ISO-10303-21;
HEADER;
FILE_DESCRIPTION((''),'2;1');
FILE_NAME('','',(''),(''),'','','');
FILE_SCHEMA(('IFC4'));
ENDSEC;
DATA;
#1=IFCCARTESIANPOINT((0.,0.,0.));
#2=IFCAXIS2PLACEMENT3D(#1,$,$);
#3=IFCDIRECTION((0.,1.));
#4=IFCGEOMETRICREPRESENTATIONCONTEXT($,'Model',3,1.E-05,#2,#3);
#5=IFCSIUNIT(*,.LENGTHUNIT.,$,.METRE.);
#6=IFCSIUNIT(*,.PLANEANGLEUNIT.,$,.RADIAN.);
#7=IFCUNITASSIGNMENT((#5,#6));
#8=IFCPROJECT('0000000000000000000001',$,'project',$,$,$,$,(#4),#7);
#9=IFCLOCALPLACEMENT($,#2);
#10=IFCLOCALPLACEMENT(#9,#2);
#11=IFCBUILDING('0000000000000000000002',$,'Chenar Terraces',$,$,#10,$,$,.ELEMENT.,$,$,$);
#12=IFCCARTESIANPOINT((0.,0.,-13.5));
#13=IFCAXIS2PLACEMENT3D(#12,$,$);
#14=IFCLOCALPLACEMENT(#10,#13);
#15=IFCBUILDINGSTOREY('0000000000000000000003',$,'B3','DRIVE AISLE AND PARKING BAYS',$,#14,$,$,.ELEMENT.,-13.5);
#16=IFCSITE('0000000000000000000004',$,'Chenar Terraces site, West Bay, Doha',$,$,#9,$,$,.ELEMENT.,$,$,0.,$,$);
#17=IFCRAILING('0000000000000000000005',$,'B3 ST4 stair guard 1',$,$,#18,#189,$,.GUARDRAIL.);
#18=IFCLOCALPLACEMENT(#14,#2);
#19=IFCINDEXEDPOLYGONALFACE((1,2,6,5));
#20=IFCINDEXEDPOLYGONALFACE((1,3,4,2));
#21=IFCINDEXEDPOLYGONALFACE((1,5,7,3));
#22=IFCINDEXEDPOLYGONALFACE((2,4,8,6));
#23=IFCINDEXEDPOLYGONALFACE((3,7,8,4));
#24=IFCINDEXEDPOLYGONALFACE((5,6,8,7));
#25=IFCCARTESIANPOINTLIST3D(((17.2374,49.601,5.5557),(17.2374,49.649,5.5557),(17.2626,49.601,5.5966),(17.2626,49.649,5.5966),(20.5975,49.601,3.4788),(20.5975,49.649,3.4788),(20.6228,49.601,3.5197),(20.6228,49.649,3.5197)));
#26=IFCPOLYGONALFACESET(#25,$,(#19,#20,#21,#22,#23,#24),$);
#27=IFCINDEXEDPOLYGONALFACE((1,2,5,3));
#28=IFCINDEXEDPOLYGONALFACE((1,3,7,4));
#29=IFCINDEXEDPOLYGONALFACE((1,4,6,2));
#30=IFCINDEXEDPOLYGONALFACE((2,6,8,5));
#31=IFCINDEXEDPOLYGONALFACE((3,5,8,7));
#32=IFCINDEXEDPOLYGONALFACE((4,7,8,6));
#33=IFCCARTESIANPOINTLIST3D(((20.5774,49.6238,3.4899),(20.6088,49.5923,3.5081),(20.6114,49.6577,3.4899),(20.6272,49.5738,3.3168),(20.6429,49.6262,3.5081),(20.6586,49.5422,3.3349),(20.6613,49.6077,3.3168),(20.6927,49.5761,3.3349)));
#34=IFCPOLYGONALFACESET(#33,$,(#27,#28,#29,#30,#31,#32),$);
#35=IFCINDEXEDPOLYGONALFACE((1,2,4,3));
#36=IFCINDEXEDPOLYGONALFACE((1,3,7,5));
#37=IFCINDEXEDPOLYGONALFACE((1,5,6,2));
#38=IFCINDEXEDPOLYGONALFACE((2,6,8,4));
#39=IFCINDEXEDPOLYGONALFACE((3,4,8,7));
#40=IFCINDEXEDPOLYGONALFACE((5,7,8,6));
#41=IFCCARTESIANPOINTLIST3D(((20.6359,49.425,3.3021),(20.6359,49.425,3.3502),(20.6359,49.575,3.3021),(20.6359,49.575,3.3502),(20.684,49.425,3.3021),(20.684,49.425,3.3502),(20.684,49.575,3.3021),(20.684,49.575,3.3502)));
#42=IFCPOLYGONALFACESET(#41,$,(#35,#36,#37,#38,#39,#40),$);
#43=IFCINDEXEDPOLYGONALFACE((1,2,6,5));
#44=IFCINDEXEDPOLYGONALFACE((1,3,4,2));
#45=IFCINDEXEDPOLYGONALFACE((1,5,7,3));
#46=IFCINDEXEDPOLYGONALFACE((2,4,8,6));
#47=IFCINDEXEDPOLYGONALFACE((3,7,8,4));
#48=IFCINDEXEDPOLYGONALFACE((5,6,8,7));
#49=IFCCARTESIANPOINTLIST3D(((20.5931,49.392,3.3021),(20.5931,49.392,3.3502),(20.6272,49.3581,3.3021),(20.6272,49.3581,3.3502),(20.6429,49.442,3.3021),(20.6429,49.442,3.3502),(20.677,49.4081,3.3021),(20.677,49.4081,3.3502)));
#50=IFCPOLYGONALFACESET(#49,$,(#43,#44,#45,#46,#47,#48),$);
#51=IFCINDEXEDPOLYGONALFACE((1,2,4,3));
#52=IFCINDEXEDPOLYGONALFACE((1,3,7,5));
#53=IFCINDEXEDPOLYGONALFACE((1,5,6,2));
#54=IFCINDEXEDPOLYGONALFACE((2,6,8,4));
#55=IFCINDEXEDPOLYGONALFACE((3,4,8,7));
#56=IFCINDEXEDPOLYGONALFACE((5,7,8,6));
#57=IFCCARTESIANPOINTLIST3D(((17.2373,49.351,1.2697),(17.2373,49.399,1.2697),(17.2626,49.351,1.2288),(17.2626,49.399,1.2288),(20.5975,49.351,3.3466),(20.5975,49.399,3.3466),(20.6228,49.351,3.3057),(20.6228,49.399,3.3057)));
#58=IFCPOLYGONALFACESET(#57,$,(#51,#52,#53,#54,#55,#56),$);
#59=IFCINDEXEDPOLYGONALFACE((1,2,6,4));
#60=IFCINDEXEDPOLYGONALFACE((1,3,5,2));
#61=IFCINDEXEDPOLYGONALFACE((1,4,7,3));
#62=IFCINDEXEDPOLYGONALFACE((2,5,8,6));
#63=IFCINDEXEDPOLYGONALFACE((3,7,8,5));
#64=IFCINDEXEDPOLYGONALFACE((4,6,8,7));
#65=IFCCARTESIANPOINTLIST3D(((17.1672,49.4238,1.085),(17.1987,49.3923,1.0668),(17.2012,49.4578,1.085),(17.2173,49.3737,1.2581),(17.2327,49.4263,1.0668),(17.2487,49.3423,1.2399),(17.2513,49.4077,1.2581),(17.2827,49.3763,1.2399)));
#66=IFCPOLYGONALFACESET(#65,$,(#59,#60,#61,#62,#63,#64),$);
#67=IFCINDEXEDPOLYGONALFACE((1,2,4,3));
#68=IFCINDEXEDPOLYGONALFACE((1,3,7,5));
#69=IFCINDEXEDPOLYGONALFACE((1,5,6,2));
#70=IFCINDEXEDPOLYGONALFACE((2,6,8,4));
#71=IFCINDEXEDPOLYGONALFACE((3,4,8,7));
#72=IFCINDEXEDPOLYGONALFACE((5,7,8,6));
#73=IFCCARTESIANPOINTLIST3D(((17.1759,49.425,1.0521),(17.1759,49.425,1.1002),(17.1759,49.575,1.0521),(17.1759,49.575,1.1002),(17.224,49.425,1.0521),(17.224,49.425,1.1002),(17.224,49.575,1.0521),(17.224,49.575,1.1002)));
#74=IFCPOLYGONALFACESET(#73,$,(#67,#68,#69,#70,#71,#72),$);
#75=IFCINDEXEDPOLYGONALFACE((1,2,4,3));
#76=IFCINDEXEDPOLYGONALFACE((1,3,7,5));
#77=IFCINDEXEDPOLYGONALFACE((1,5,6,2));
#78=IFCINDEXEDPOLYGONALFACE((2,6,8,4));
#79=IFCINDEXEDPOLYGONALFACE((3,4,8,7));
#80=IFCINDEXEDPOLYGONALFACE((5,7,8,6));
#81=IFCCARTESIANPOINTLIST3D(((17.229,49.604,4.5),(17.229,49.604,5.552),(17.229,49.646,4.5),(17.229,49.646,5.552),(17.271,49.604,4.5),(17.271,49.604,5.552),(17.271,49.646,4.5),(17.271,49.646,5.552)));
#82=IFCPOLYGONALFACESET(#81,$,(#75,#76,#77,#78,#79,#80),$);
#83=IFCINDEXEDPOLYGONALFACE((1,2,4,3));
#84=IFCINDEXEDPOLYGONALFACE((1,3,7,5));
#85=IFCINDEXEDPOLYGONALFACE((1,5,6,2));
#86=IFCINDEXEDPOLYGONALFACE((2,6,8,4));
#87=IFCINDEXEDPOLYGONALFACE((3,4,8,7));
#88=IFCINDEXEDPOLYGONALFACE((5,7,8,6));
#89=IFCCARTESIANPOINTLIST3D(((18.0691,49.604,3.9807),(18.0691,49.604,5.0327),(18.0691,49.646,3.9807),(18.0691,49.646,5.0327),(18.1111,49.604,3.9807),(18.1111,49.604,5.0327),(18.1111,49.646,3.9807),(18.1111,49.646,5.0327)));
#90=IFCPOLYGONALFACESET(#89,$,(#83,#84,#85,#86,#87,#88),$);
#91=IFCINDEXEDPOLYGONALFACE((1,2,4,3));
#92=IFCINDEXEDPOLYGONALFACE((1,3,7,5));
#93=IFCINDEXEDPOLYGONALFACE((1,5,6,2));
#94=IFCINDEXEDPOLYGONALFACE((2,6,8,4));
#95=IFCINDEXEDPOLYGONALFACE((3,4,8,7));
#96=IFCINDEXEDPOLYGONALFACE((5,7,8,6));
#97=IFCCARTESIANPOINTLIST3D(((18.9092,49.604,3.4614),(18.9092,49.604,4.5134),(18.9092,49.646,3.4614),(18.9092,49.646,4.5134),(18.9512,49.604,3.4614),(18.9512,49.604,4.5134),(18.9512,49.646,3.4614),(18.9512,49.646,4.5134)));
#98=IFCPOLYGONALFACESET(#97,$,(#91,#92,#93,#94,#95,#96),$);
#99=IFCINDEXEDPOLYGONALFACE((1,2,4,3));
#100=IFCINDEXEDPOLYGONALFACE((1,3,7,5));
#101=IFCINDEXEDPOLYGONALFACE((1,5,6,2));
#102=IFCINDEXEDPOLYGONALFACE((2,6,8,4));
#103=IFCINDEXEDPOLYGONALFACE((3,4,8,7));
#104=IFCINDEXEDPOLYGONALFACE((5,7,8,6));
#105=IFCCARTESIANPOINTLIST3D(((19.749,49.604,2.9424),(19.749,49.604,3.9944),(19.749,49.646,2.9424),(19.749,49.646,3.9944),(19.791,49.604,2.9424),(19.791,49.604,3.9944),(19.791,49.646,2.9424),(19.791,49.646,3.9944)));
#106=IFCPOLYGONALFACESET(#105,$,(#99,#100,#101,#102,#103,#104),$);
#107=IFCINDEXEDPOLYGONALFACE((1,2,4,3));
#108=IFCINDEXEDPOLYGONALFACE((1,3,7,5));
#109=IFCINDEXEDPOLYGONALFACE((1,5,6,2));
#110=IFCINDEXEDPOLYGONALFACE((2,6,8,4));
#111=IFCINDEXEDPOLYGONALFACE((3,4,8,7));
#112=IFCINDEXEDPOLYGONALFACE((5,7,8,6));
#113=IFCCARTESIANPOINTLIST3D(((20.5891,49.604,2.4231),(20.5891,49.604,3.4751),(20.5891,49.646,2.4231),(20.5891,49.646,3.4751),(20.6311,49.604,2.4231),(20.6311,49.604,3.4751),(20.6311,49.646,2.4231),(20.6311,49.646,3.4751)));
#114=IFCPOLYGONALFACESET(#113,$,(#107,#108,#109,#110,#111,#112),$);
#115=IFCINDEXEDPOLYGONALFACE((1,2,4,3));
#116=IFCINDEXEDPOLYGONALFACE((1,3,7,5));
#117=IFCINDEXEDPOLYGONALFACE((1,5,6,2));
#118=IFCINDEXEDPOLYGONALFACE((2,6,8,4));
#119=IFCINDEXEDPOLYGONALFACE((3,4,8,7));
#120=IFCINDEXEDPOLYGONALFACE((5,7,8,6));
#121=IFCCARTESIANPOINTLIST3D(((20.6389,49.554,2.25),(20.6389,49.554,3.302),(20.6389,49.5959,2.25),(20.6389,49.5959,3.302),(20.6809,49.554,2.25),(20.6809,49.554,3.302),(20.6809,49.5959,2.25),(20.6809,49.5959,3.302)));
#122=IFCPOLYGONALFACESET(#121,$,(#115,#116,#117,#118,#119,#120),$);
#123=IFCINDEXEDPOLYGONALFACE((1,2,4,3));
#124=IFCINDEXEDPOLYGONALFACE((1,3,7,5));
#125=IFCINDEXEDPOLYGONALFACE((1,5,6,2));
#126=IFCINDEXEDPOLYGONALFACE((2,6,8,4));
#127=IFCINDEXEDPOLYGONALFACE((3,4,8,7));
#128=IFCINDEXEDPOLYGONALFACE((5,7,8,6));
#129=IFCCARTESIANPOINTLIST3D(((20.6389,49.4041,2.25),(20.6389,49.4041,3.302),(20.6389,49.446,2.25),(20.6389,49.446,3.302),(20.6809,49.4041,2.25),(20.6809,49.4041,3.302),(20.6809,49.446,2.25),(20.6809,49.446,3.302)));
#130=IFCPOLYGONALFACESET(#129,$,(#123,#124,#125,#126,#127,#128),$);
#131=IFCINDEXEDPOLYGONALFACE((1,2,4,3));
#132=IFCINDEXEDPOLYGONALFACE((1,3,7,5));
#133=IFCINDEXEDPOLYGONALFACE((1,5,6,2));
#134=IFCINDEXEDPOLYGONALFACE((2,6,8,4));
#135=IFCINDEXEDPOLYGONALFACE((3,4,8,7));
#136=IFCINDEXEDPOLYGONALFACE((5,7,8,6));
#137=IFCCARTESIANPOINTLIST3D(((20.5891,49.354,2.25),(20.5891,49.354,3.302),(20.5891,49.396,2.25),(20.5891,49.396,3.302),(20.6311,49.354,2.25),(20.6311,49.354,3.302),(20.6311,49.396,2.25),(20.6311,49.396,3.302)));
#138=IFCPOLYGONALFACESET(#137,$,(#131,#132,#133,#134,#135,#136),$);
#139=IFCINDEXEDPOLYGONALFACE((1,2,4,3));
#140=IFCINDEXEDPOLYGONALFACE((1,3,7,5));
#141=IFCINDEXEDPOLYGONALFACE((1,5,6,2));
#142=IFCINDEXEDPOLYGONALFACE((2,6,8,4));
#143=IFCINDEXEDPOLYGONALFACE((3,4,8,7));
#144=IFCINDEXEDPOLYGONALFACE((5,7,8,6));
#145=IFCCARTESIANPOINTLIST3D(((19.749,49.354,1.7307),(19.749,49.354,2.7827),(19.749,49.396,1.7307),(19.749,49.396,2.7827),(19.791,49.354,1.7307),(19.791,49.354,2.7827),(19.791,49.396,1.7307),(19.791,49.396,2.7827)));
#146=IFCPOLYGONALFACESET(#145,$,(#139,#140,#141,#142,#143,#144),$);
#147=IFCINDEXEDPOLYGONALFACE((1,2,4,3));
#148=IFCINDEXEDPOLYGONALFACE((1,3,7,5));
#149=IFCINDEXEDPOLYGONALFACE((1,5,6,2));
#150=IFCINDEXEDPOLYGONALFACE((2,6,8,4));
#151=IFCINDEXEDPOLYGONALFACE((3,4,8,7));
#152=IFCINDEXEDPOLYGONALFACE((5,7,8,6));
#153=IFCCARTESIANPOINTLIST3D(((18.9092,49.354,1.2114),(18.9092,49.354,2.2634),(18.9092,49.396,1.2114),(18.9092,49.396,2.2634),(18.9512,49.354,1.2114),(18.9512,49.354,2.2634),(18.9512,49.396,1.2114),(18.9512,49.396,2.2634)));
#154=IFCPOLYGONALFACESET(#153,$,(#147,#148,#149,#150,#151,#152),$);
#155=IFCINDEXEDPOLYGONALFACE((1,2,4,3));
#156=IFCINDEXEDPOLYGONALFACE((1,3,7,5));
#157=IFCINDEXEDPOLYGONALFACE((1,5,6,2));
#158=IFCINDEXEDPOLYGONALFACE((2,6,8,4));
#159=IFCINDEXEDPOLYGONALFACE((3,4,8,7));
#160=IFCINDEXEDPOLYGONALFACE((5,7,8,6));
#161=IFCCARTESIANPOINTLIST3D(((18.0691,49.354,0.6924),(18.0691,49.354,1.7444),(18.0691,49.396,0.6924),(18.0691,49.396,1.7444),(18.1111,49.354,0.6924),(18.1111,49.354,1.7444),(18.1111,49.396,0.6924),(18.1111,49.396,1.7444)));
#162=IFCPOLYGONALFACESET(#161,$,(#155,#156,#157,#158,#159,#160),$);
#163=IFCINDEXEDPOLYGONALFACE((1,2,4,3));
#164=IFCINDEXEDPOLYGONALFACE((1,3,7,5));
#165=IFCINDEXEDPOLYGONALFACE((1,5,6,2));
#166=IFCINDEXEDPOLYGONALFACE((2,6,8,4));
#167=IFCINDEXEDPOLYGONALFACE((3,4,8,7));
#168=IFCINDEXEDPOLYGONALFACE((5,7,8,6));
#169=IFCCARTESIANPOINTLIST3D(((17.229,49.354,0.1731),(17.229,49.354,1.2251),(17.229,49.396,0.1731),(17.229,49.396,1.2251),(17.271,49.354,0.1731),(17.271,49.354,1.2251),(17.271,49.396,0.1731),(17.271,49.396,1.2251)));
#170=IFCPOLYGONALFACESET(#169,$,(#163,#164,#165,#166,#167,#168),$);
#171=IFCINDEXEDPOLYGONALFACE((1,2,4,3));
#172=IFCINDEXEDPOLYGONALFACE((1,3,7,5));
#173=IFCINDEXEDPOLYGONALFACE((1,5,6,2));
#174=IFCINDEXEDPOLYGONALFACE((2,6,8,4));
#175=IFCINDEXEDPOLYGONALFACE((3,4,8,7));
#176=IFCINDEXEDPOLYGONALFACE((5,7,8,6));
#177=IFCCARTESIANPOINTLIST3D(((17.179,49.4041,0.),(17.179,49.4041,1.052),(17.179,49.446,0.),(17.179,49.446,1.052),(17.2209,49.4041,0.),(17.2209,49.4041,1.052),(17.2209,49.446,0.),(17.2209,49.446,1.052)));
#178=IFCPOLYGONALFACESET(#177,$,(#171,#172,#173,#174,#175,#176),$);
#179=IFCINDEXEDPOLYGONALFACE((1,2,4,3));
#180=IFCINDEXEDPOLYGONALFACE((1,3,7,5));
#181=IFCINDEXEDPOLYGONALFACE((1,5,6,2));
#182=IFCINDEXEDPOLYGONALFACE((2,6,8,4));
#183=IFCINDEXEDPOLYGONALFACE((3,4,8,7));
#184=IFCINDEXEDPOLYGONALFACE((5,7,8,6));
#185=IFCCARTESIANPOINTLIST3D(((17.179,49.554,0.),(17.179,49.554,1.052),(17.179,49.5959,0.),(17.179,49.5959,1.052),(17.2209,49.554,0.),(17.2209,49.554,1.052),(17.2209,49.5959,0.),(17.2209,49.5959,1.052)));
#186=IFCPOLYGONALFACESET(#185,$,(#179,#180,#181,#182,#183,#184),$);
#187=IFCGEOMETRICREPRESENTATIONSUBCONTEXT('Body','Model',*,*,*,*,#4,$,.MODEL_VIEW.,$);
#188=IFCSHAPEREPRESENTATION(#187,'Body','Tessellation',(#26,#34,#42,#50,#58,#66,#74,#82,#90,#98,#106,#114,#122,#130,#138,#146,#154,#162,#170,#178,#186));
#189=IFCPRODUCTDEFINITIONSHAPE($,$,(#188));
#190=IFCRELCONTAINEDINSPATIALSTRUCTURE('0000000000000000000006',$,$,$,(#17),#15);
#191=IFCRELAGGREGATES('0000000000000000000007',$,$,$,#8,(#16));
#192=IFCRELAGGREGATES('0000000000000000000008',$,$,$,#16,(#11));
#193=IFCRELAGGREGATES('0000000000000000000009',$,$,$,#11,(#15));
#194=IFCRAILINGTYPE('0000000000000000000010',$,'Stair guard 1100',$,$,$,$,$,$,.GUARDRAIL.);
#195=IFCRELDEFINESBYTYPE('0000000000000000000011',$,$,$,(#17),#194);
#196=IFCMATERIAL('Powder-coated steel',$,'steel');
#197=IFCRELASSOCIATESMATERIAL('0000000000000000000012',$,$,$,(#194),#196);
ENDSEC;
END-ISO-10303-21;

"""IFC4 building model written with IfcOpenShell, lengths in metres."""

from ifc_helpers import new_model, si_unit, direction, frame, origin, origin_2d, place, context, subcontext, project, spatial, rectangle, extrude, material, type_object, element, save


model = new_model("IFC4")

# Units and contexts
model_context = context("Model", 3, precision=1e-05, world=origin(), true_north=direction((0.0, 1.0)))
body_context = subcontext(model_context, "Body", "Model", "MODEL_VIEW")
ifc_project = project(units=[si_unit("LENGTHUNIT", "METRE"), si_unit("PLANEANGLEUNIT", "RADIAN")], contexts=[model_context])

# Site, building, storey
site_placement = place(None, origin())
site = spatial("IfcSite", under=ifc_project, at=site_placement, Name="Chenar Terraces site, West Bay, Doha", CompositionType="ELEMENT", RefElevation=0.0)
building_placement = place(site_placement, origin())
building = spatial("IfcBuilding", under=site, at=building_placement, Name="Chenar Terraces", CompositionType="ELEMENT")
storey_placement = place(building_placement, frame((0.0, 0.0, -13.5)))
storey = spatial("IfcBuildingStorey", under=building, at=storey_placement, Name="B3", Description="DRIVE AISLE AND PARKING BAYS", CompositionType="ELEMENT", Elevation=-13.5)

# Railing
ifc_material_1 = material(Name="Powder-coated steel", Category="steel")
railing_type_1 = type_object("IfcRailingType", Name="Stair guard 1100", PredefinedType="GUARDRAIL", material=ifc_material_1)
railing_1_placement = place(storey_placement, frame((17.25, 49.625, 4.5)))
element("IfcRailing", 1, at=railing_1_placement, inside=storey, type_object=railing_type_1, Name="B3 ST4 stair guard 1", PredefinedType="GUARDRAIL", context=body_context, shape_type="SweptSolid", body=[
    extrude(rectangle(XDim=0.0481, YDim=0.0481, at=origin_2d()), frame((0.0, 0.0, 1.0762), z_axis=(0.850623, 0.0, -0.525776), x_axis=(0.0, 1.0, 0.0)), (0.0, 0.0, 1.0), 3.9502),
    extrude(rectangle(XDim=0.0481, YDim=0.0481, at=origin_2d()), frame((3.3601, 0.0, -1.001), z_axis=(0.266417, -0.267723, -0.92593), x_axis=(0.708834, 0.705376, 0.0)), (0.0, 0.0, 1.0), 0.187),
    extrude(rectangle(XDim=0.0481, YDim=0.0481, at=origin_2d()), frame((3.4099, -0.05, -1.1738), z_axis=(0.0, -1.0, 0.0), x_axis=(1.0, 0.0, 0.0)), (0.0, 0.0, 1.0), 0.1499),
    extrude(rectangle(XDim=0.0481, YDim=0.0481, at=origin_2d()), frame((3.4099, -0.2, -1.1738), z_axis=(-0.705376, -0.708834, 0.0), x_axis=(0.708834, -0.705376, 0.0)), (0.0, 0.0, 1.0), 0.0706),
    extrude(rectangle(XDim=0.0481, YDim=0.0481, at=origin_2d()), frame((3.3601, -0.25, -1.1738), z_axis=(-0.850623, 0.0, -0.525776), x_axis=(0.0, -1.0, 0.0)), (0.0, 0.0, 1.0), 3.9502),
    extrude(rectangle(XDim=0.0481, YDim=0.0481, at=origin_2d()), frame((0.0, -0.25, -3.251), z_axis=(-0.26763, 0.26763, -0.925607), x_axis=(-0.707107, -0.707107, 0.0)), (0.0, 0.0, 1.0), 0.187),
    extrude(rectangle(XDim=0.0481, YDim=0.0481, at=origin_2d()), frame((-0.05, -0.2, -3.4238), z_axis=(0.0, 1.0, 0.0), x_axis=(-1.0, 0.0, 0.0)), (0.0, 0.0, 1.0), 0.1499),
    extrude(rectangle(XDim=0.042, YDim=0.042, at=origin_2d()), origin(), (0.0, 0.0, 1.0), 1.052),
    extrude(rectangle(XDim=0.042, YDim=0.042, at=origin_2d()), frame((0.8401, 0.0, -0.5193)), (0.0, 0.0, 1.0), 1.052),
    extrude(rectangle(XDim=0.042, YDim=0.042, at=origin_2d()), frame((1.6802, 0.0, -1.0386)), (0.0, 0.0, 1.0), 1.052),
    extrude(rectangle(XDim=0.042, YDim=0.042, at=origin_2d()), frame((2.52, 0.0, -1.5576)), (0.0, 0.0, 1.0), 1.052),
    extrude(rectangle(XDim=0.042, YDim=0.042, at=origin_2d()), frame((3.3601, 0.0, -2.0769)), (0.0, 0.0, 1.0), 1.052),
    extrude(rectangle(XDim=0.042, YDim=0.042, at=origin_2d()), frame((3.4099, -0.05, -2.25)), (0.0, 0.0, 1.0), 1.052),
    extrude(rectangle(XDim=0.042, YDim=0.042, at=origin_2d()), frame((3.4099, -0.2, -2.25)), (0.0, 0.0, 1.0), 1.052),
    extrude(rectangle(XDim=0.042, YDim=0.042, at=origin_2d()), frame((3.3601, -0.25, -2.25)), (0.0, 0.0, 1.0), 1.052),
    extrude(rectangle(XDim=0.042, YDim=0.042, at=origin_2d()), frame((2.52, -0.25, -2.7693)), (0.0, 0.0, 1.0), 1.052),
    extrude(rectangle(XDim=0.042, YDim=0.042, at=origin_2d()), frame((1.6802, -0.25, -3.2886)), (0.0, 0.0, 1.0), 1.052),
    extrude(rectangle(XDim=0.042, YDim=0.042, at=origin_2d()), frame((0.8401, -0.25, -3.8076)), (0.0, 0.0, 1.0), 1.052),
    extrude(rectangle(XDim=0.042, YDim=0.042, at=origin_2d()), frame((0.0, -0.25, -4.3269)), (0.0, 0.0, 1.0), 1.052),
    extrude(rectangle(XDim=0.042, YDim=0.042, at=origin_2d()), frame((-0.05, -0.2, -4.5)), (0.0, 0.0, 1.0), 1.052),
    extrude(rectangle(XDim=0.042, YDim=0.042, at=origin_2d()), frame((-0.05, -0.05, -4.5)), (0.0, 0.0, 1.0), 1.052),
])

save(model, "model.ifc")
